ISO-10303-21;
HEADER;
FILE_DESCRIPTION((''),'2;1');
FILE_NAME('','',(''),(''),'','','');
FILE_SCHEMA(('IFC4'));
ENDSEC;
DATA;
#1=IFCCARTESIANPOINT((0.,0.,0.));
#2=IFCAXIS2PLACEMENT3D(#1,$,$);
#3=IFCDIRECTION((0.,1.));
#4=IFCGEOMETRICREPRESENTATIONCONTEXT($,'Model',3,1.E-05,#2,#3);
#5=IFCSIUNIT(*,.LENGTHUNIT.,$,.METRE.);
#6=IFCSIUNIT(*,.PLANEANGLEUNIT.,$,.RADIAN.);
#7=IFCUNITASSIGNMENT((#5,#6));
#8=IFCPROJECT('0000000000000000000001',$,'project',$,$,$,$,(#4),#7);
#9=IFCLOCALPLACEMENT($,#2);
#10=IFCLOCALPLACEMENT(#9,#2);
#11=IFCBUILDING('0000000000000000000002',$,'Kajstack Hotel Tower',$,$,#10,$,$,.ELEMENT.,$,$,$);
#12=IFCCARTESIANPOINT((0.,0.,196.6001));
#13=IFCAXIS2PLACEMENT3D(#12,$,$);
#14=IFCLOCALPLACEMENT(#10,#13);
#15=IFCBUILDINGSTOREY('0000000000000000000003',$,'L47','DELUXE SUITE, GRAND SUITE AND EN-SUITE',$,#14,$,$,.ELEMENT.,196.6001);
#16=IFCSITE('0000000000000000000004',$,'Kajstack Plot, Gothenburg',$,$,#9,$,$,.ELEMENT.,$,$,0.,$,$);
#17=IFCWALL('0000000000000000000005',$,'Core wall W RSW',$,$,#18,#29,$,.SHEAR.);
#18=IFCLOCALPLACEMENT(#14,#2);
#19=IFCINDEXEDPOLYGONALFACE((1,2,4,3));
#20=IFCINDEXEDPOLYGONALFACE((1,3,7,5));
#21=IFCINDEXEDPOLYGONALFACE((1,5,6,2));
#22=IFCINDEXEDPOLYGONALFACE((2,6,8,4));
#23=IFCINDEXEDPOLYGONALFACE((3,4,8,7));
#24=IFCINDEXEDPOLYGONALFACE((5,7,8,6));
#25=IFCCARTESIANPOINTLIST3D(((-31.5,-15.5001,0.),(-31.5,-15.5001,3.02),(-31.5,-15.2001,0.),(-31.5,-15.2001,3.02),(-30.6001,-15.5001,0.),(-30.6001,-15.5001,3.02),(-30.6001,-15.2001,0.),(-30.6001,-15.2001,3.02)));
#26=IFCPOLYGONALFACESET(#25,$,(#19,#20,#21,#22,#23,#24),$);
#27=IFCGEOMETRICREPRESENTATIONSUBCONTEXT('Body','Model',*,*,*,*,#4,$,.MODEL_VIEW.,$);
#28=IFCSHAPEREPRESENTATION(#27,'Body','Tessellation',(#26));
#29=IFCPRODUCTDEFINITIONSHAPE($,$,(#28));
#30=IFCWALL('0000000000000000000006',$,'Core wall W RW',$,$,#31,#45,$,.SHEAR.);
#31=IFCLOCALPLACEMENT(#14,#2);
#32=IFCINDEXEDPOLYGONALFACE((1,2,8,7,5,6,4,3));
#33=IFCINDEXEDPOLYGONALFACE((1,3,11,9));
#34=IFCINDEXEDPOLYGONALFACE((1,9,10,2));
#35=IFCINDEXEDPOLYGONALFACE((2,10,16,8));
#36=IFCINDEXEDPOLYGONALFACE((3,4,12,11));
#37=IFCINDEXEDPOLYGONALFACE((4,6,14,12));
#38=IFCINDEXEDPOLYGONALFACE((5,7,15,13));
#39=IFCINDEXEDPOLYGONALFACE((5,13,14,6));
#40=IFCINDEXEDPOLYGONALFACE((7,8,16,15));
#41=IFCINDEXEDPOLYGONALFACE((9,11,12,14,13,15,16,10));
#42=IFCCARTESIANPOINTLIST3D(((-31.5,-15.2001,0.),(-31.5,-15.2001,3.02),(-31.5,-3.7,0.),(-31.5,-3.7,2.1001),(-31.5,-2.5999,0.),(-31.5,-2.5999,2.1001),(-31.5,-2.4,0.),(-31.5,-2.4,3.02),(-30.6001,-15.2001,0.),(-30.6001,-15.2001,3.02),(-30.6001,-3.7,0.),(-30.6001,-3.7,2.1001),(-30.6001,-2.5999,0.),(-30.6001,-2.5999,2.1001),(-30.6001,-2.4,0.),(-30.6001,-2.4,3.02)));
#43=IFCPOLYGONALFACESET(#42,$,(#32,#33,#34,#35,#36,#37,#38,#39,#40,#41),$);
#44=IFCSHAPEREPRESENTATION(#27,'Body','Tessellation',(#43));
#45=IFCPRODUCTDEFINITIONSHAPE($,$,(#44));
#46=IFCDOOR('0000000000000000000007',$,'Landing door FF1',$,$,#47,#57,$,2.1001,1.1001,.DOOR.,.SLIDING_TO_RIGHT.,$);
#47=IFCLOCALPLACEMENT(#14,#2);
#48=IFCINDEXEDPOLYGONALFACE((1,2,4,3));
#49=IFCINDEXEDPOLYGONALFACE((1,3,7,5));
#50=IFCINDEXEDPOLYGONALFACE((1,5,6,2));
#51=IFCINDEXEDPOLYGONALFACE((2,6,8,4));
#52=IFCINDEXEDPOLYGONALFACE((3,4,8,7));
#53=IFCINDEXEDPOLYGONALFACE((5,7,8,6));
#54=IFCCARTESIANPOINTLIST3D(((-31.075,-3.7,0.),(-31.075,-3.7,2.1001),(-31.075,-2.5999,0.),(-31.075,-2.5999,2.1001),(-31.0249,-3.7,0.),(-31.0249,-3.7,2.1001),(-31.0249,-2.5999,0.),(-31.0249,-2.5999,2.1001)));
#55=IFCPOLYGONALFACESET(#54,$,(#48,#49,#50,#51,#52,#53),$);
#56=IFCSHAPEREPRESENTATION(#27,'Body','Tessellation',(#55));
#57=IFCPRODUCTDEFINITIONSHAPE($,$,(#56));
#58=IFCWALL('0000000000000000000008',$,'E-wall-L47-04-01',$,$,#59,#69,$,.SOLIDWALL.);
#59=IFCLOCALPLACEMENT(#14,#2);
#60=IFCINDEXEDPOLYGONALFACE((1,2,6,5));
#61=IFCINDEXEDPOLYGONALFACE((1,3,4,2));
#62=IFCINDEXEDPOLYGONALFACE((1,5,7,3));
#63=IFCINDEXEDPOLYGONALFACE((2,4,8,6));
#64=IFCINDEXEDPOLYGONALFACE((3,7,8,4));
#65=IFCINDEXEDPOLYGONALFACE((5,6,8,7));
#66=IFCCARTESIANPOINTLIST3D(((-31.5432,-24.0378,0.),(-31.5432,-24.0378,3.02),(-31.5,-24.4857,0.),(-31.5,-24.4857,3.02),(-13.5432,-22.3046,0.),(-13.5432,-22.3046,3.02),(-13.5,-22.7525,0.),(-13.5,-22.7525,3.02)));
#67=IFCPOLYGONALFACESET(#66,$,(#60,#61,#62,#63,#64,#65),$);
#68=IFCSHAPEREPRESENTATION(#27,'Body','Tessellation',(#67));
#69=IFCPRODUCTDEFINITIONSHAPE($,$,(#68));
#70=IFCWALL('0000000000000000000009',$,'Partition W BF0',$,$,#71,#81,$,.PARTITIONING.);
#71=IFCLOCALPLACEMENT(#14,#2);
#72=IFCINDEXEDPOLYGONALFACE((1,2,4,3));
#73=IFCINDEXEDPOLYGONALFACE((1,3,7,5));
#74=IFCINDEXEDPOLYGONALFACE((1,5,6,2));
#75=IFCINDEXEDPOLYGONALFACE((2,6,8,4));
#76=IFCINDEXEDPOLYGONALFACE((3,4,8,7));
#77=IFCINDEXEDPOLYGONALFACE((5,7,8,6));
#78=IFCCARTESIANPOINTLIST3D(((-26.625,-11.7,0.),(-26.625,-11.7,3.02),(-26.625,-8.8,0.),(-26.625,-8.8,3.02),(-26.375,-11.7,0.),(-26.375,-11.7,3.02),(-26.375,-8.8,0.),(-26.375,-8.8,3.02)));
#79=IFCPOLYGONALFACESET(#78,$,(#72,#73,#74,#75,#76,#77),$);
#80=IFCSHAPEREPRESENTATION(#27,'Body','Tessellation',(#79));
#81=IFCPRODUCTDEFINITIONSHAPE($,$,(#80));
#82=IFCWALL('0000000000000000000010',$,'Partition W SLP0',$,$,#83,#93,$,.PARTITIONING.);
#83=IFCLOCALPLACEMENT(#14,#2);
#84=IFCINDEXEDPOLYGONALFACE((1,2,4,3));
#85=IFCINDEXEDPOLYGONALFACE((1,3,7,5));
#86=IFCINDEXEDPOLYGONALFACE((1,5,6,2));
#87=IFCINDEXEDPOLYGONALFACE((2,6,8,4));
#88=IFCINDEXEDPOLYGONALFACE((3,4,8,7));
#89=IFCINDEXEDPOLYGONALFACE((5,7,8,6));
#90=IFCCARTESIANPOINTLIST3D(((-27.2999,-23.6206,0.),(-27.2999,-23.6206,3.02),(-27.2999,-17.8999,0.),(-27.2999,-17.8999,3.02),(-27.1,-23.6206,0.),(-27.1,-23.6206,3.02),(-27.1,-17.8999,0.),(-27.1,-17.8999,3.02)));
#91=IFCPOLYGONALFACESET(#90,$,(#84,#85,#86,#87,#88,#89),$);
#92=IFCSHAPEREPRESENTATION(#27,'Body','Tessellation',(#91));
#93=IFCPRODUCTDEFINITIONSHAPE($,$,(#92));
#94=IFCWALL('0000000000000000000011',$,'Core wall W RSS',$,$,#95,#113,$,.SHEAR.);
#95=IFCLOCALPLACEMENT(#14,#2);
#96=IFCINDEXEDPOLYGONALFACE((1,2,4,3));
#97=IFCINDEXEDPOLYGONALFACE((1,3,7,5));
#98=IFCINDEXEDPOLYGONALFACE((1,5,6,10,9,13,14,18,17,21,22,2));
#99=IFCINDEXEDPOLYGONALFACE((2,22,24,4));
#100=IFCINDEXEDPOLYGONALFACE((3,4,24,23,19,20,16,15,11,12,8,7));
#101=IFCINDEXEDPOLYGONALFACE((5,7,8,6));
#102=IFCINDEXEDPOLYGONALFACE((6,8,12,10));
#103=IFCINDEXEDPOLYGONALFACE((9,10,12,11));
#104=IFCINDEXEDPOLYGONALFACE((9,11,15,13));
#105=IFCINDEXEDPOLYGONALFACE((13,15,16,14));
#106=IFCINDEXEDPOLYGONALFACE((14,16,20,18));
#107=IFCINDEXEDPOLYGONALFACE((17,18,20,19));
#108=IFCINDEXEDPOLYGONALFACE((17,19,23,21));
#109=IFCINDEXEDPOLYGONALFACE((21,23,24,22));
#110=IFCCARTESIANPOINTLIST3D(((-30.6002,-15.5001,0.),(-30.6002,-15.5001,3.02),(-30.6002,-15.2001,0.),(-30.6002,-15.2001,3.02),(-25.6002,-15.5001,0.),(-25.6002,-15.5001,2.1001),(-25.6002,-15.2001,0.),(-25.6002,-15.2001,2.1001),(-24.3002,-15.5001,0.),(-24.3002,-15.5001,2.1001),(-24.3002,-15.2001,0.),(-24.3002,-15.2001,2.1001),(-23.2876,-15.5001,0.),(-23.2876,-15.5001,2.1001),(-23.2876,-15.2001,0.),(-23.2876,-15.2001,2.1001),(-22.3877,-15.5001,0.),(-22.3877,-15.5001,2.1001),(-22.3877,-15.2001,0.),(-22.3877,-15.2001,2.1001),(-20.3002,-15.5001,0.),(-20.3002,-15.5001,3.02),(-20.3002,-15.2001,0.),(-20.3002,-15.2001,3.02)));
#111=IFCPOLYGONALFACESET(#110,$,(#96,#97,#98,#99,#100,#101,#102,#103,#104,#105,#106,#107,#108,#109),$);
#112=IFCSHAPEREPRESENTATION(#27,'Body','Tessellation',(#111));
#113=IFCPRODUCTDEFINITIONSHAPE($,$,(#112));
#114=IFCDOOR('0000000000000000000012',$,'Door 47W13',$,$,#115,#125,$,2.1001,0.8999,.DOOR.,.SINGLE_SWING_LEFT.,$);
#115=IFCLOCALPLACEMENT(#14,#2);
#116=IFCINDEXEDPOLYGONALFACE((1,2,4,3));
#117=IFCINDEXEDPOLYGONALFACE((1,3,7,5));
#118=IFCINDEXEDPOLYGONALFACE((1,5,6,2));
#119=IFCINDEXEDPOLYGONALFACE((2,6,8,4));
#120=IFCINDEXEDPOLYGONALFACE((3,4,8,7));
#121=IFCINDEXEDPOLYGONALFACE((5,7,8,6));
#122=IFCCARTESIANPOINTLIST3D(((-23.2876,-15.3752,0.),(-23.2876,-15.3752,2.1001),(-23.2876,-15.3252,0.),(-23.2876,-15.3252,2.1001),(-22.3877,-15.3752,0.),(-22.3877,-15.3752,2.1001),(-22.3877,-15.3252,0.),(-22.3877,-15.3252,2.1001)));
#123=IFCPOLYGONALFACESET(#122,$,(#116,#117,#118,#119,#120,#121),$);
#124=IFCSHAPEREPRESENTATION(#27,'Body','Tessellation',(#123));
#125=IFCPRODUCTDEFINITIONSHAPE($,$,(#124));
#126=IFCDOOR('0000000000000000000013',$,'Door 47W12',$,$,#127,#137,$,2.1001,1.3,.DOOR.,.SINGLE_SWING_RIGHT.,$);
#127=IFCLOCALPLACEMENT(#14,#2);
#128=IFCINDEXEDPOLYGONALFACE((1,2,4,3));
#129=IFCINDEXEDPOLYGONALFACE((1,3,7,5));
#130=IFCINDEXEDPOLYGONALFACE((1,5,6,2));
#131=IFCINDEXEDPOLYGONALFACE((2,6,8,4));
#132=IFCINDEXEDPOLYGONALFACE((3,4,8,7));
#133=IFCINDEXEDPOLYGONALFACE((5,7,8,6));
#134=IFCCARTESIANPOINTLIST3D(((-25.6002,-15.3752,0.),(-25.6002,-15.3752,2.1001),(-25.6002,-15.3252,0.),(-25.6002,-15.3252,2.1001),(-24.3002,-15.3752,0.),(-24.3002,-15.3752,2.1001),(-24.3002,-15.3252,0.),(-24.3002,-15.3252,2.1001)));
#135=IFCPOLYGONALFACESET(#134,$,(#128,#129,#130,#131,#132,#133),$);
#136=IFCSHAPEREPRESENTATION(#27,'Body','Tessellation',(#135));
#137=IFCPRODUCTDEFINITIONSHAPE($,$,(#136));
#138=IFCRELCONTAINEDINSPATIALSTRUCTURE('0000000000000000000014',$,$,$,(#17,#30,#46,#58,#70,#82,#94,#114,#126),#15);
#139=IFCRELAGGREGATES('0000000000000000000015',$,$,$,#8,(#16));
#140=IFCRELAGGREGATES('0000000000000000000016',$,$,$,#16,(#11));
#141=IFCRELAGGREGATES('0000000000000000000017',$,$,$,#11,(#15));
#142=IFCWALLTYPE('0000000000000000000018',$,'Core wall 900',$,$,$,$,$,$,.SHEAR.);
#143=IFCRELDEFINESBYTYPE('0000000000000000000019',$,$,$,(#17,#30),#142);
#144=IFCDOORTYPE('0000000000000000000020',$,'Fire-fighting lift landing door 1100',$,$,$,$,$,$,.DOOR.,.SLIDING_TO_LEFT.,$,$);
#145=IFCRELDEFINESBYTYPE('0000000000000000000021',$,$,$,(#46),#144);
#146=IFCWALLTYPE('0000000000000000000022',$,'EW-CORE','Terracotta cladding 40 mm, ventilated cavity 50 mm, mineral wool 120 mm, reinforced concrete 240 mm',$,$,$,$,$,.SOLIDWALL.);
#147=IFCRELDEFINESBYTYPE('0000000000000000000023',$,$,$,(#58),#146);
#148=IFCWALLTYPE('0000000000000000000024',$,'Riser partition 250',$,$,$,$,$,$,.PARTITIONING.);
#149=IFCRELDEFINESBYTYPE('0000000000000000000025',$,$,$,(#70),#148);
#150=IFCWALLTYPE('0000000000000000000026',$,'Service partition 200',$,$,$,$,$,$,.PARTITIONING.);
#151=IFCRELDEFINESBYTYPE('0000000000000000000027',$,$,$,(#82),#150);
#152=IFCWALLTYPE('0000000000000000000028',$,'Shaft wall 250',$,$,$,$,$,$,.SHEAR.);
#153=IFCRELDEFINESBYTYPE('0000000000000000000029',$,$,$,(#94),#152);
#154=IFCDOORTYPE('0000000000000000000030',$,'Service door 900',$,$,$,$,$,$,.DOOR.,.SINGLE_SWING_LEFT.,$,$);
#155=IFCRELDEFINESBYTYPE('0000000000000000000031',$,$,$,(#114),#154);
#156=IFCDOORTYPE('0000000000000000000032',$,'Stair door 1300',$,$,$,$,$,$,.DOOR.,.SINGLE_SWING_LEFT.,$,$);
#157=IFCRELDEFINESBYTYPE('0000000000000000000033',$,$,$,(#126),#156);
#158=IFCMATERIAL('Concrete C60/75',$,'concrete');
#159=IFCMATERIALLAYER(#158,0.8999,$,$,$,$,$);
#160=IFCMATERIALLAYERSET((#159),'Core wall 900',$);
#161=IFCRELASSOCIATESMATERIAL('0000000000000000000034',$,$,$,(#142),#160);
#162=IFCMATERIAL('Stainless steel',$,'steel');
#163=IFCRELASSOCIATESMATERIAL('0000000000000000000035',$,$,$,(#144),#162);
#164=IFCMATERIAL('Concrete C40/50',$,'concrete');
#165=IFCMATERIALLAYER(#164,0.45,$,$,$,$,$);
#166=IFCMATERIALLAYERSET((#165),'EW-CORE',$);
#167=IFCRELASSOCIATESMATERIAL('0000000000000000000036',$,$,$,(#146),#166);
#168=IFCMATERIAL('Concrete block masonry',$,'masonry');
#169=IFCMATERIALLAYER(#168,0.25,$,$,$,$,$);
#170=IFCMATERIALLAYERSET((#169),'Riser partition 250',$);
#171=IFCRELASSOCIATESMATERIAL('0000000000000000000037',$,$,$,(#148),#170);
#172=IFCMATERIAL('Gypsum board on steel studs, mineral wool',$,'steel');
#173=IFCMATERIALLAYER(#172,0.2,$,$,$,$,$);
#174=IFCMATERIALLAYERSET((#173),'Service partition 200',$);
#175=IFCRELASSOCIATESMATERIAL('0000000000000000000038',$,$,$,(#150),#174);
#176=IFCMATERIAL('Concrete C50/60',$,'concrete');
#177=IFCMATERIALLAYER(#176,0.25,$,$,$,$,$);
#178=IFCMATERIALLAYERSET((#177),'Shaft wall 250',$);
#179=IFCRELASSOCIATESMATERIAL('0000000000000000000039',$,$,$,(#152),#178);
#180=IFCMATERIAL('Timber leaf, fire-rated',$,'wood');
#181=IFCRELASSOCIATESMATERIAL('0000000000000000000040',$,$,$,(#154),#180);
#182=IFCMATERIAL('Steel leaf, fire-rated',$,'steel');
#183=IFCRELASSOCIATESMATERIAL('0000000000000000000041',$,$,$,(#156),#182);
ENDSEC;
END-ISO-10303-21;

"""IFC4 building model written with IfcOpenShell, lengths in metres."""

from ifc_helpers import new_model, si_unit, direction, frame, frame_2d, origin, place, context, subcontext, project, spatial, rectangle, extrude, material, layer, layer_set, type_object, element, fill, save


model = new_model("IFC4")

# Units and contexts
model_context = context("Model", 3, precision=1e-05, world=origin(), true_north=direction((0.0, 1.0)))
body_context = subcontext(model_context, "Body", "Model", "MODEL_VIEW")
ifc_project = project(units=[si_unit("LENGTHUNIT", "METRE"), si_unit("PLANEANGLEUNIT", "RADIAN")], contexts=[model_context])

# Site, building, storey
site_placement = place(None, origin())
site = spatial("IfcSite", under=ifc_project, at=site_placement, Name="Kajstack Plot, Gothenburg", CompositionType="ELEMENT", RefElevation=0.0)
building_placement = place(site_placement, origin())
building = spatial("IfcBuilding", under=site, at=building_placement, Name="Kajstack Hotel Tower", CompositionType="ELEMENT")
storey_placement = place(building_placement, frame((0.0, 0.0, 196.6001)))
storey = spatial("IfcBuildingStorey", under=building, at=storey_placement, Name="L47", Description="DELUXE SUITE, GRAND SUITE AND EN-SUITE", CompositionType="ELEMENT", Elevation=196.6001)

# Wall
ifc_material_1 = material(Name="Concrete C60/75", Category="concrete")
ifc_layer_1 = layer(ifc_material_1, 0.8999)
ifc_layer_set_1 = layer_set([ifc_layer_1], Name="Core wall 900")
wall_type_1 = type_object("IfcWallType", Name="Core wall 900", PredefinedType="SHEAR", material=ifc_layer_set_1)
wall_1_placement = place(storey_placement, frame((-31.5, -15.3501, 0.0), z_axis=(0.0, 0.0, 1.0), x_axis=(1.0, 0.0, 0.0)))
element("IfcWall", 1, at=wall_1_placement, inside=storey, type_object=wall_type_1, Name="Core wall W RSW", PredefinedType="SHEAR", context=body_context, shape_type="SweptSolid", body=[
    extrude(rectangle(XDim=0.8999, YDim=0.3, at=frame_2d((0.45, 0.0))), origin(), (0.0, 0.0, 1.0), 3.02),
])

# Wall, opening, door
wall_2_placement = place(storey_placement, frame((-31.05, -15.2, 0.0), z_axis=(0.0, 0.0, 1.0), x_axis=(0.0, 1.0, 0.0)))
wall_2 = element("IfcWall", 2, at=wall_2_placement, inside=storey, type_object=wall_type_1, Name="Core wall W RW", PredefinedType="SHEAR", context=body_context, shape_type="SweptSolid", body=[
    extrude(rectangle(XDim=12.8, YDim=0.8999, at=frame_2d((6.3999, 0.0))), origin(), (0.0, 0.0, 1.0), 3.02),
])
opening_1_placement = place(wall_2_placement, frame((11.5, 0.0, 0.0)))
opening_1 = element("IfcOpeningElement", 3, at=opening_1_placement, cuts=wall_2, PredefinedType="OPENING", context=body_context, shape_type="SweptSolid", body=[
    extrude(rectangle(XDim=1.1001, YDim=2.1001, at=frame_2d((0.55, 1.05))), frame((0.0, 0.46, 0.0), z_axis=(0.0, -1.0, 0.0), x_axis=(1.0, 0.0, 0.0)), (0.0, 0.0, 1.0), 0.9199),
])
ifc_material_2 = material(Name="Stainless steel", Category="steel")
door_type_1 = type_object("IfcDoorType", Name="Fire-fighting lift landing door 1100", OperationType="SLIDING_TO_LEFT", PredefinedType="DOOR", material=ifc_material_2)
door_1_placement = place(opening_1_placement, origin())
door_1 = element("IfcDoor", 4, at=door_1_placement, inside=storey, type_object=door_type_1, Name="Landing door FF1", OperationType="SLIDING_TO_RIGHT", OverallHeight=2.1001, OverallWidth=1.1001, PredefinedType="DOOR", context=body_context, shape_type="SweptSolid", body=[
    extrude(rectangle(XDim=1.1001, YDim=2.1001, at=frame_2d((0.55, 1.05))), frame((0.0, 0.0249, 0.0), z_axis=(0.0, -1.0, 0.0), x_axis=(1.0, 0.0, 0.0)), (0.0, 0.0, 1.0), 0.05),
])
fill(opening_1, door_1)

# Walls
ifc_material_3 = material(Name="Concrete C40/50", Category="concrete")
ifc_layer_2 = layer(ifc_material_3, 0.45)
ifc_layer_set_2 = layer_set([ifc_layer_2], Name="EW-CORE")
wall_type_2 = type_object("IfcWallType", Name="EW-CORE", Description="Terracotta cladding 40 mm, ventilated cavity 50 mm, mineral wool 120 mm, reinforced concrete 240 mm", PredefinedType="SOLIDWALL", material=ifc_layer_set_2)
wall_3_placement = place(storey_placement, frame((-31.5215, -24.2617, 0.0), z_axis=(0.0, 0.0, 1.0), x_axis=(0.995396, 0.095843, 0.0)))
element("IfcWall", 5, at=wall_3_placement, inside=storey, type_object=wall_type_2, Name="E-wall-L47-04-01", PredefinedType="SOLIDWALL", context=body_context, shape_type="SweptSolid", body=[
    extrude(rectangle(XDim=18.0833, YDim=0.45, at=frame_2d((9.0415, 0.0))), origin(), (0.0, 0.0, 1.0), 3.02),
])
ifc_material_4 = material(Name="Concrete block masonry", Category="masonry")
ifc_layer_3 = layer(ifc_material_4, 0.25)
ifc_layer_set_3 = layer_set([ifc_layer_3], Name="Riser partition 250")
wall_type_3 = type_object("IfcWallType", Name="Riser partition 250", PredefinedType="PARTITIONING", material=ifc_layer_set_3)
wall_4_placement = place(storey_placement, frame((-26.5, -11.7, 0.0), z_axis=(0.0, 0.0, 1.0), x_axis=(0.0, 1.0, 0.0)))
element("IfcWall", 6, at=wall_4_placement, inside=storey, type_object=wall_type_3, Name="Partition W BF0", PredefinedType="PARTITIONING", context=body_context, shape_type="SweptSolid", body=[
    extrude(rectangle(XDim=2.8999, YDim=0.25, at=frame_2d((1.45, 0.0))), origin(), (0.0, 0.0, 1.0), 3.02),
])
ifc_material_5 = material(Name="Gypsum board on steel studs, mineral wool", Category="steel")
ifc_layer_4 = layer(ifc_material_5, 0.2)
ifc_layer_set_4 = layer_set([ifc_layer_4], Name="Service partition 200")
wall_type_4 = type_object("IfcWallType", Name="Service partition 200", PredefinedType="PARTITIONING", material=ifc_layer_set_4)
wall_5_placement = place(storey_placement, frame((-27.2, -23.6206, 0.0), z_axis=(0.0, 0.0, 1.0), x_axis=(0.0, 1.0, 0.0)))
element("IfcWall", 7, at=wall_5_placement, inside=storey, type_object=wall_type_4, Name="Partition W SLP0", PredefinedType="PARTITIONING", context=body_context, shape_type="SweptSolid", body=[
    extrude(rectangle(XDim=5.7207, YDim=0.2, at=frame_2d((2.8604, 0.0))), origin(), (0.0, 0.0, 1.0), 3.02),
])

# Wall, openings, doors
ifc_material_6 = material(Name="Concrete C50/60", Category="concrete")
ifc_layer_5 = layer(ifc_material_6, 0.25)
ifc_layer_set_5 = layer_set([ifc_layer_5], Name="Shaft wall 250")
wall_type_5 = type_object("IfcWallType", Name="Shaft wall 250", PredefinedType="SHEAR", material=ifc_layer_set_5)
wall_6_placement = place(storey_placement, frame((-30.6001, -15.3501, 0.0), z_axis=(0.0, 0.0, 1.0), x_axis=(1.0, 0.0, 0.0)))
wall_6 = element("IfcWall", 8, at=wall_6_placement, inside=storey, type_object=wall_type_5, Name="Core wall W RSS", PredefinedType="SHEAR", context=body_context, shape_type="SweptSolid", body=[
    extrude(rectangle(XDim=10.3, YDim=0.3, at=frame_2d((5.1499, 0.0))), origin(), (0.0, 0.0, 1.0), 3.02),
])
opening_2_placement = place(wall_6_placement, frame((5.0, 0.0, 0.0)))
opening_2 = element("IfcOpeningElement", 9, at=opening_2_placement, cuts=wall_6, PredefinedType="OPENING", context=body_context, shape_type="SweptSolid", body=[
    extrude(rectangle(XDim=1.3, YDim=2.1001, at=frame_2d((0.6499, 1.05))), frame((0.0, 0.1599, 0.0), z_axis=(0.0, -1.0, 0.0), x_axis=(1.0, 0.0, 0.0)), (0.0, 0.0, 1.0), 0.3201),
])
opening_3_placement = place(wall_6_placement, frame((7.3125, 0.0, 0.0)))
opening_3 = element("IfcOpeningElement", 10, at=opening_3_placement, cuts=wall_6, PredefinedType="OPENING", context=body_context, shape_type="SweptSolid", body=[
    extrude(rectangle(XDim=0.8999, YDim=2.1001, at=frame_2d((0.45, 1.05))), frame((0.0, 0.1599, 0.0), z_axis=(0.0, -1.0, 0.0), x_axis=(1.0, 0.0, 0.0)), (0.0, 0.0, 1.0), 0.3201),
])
ifc_material_7 = material(Name="Timber leaf, fire-rated", Category="wood")
door_type_2 = type_object("IfcDoorType", Name="Service door 900", OperationType="SINGLE_SWING_LEFT", PredefinedType="DOOR", material=ifc_material_7)
door_2_placement = place(opening_3_placement, origin())
door_2 = element("IfcDoor", 11, at=door_2_placement, inside=storey, type_object=door_type_2, Name="Door 47W13", OperationType="SINGLE_SWING_LEFT", OverallHeight=2.1001, OverallWidth=0.8999, PredefinedType="DOOR", context=body_context, shape_type="SweptSolid", body=[
    extrude(rectangle(XDim=0.8999, YDim=2.1001, at=frame_2d((0.45, 1.05))), frame((0.0, 0.0249, 0.0), z_axis=(0.0, -1.0, 0.0), x_axis=(1.0, 0.0, 0.0)), (0.0, 0.0, 1.0), 0.05),
])
fill(opening_3, door_2)
ifc_material_8 = material(Name="Steel leaf, fire-rated", Category="steel")
door_type_3 = type_object("IfcDoorType", Name="Stair door 1300", OperationType="SINGLE_SWING_LEFT", PredefinedType="DOOR", material=ifc_material_8)
door_3_placement = place(opening_2_placement, origin())
door_3 = element("IfcDoor", 12, at=door_3_placement, inside=storey, type_object=door_type_3, Name="Door 47W12", OperationType="SINGLE_SWING_RIGHT", OverallHeight=2.1001, OverallWidth=1.3, PredefinedType="DOOR", context=body_context, shape_type="SweptSolid", body=[
    extrude(rectangle(XDim=1.3, YDim=2.1001, at=frame_2d((0.6499, 1.05))), frame((0.0, 0.0249, 0.0), z_axis=(0.0, -1.0, 0.0), x_axis=(1.0, 0.0, 0.0)), (0.0, 0.0, 1.0), 0.05),
])
fill(opening_2, door_3)

save(model, "model.ifc")
